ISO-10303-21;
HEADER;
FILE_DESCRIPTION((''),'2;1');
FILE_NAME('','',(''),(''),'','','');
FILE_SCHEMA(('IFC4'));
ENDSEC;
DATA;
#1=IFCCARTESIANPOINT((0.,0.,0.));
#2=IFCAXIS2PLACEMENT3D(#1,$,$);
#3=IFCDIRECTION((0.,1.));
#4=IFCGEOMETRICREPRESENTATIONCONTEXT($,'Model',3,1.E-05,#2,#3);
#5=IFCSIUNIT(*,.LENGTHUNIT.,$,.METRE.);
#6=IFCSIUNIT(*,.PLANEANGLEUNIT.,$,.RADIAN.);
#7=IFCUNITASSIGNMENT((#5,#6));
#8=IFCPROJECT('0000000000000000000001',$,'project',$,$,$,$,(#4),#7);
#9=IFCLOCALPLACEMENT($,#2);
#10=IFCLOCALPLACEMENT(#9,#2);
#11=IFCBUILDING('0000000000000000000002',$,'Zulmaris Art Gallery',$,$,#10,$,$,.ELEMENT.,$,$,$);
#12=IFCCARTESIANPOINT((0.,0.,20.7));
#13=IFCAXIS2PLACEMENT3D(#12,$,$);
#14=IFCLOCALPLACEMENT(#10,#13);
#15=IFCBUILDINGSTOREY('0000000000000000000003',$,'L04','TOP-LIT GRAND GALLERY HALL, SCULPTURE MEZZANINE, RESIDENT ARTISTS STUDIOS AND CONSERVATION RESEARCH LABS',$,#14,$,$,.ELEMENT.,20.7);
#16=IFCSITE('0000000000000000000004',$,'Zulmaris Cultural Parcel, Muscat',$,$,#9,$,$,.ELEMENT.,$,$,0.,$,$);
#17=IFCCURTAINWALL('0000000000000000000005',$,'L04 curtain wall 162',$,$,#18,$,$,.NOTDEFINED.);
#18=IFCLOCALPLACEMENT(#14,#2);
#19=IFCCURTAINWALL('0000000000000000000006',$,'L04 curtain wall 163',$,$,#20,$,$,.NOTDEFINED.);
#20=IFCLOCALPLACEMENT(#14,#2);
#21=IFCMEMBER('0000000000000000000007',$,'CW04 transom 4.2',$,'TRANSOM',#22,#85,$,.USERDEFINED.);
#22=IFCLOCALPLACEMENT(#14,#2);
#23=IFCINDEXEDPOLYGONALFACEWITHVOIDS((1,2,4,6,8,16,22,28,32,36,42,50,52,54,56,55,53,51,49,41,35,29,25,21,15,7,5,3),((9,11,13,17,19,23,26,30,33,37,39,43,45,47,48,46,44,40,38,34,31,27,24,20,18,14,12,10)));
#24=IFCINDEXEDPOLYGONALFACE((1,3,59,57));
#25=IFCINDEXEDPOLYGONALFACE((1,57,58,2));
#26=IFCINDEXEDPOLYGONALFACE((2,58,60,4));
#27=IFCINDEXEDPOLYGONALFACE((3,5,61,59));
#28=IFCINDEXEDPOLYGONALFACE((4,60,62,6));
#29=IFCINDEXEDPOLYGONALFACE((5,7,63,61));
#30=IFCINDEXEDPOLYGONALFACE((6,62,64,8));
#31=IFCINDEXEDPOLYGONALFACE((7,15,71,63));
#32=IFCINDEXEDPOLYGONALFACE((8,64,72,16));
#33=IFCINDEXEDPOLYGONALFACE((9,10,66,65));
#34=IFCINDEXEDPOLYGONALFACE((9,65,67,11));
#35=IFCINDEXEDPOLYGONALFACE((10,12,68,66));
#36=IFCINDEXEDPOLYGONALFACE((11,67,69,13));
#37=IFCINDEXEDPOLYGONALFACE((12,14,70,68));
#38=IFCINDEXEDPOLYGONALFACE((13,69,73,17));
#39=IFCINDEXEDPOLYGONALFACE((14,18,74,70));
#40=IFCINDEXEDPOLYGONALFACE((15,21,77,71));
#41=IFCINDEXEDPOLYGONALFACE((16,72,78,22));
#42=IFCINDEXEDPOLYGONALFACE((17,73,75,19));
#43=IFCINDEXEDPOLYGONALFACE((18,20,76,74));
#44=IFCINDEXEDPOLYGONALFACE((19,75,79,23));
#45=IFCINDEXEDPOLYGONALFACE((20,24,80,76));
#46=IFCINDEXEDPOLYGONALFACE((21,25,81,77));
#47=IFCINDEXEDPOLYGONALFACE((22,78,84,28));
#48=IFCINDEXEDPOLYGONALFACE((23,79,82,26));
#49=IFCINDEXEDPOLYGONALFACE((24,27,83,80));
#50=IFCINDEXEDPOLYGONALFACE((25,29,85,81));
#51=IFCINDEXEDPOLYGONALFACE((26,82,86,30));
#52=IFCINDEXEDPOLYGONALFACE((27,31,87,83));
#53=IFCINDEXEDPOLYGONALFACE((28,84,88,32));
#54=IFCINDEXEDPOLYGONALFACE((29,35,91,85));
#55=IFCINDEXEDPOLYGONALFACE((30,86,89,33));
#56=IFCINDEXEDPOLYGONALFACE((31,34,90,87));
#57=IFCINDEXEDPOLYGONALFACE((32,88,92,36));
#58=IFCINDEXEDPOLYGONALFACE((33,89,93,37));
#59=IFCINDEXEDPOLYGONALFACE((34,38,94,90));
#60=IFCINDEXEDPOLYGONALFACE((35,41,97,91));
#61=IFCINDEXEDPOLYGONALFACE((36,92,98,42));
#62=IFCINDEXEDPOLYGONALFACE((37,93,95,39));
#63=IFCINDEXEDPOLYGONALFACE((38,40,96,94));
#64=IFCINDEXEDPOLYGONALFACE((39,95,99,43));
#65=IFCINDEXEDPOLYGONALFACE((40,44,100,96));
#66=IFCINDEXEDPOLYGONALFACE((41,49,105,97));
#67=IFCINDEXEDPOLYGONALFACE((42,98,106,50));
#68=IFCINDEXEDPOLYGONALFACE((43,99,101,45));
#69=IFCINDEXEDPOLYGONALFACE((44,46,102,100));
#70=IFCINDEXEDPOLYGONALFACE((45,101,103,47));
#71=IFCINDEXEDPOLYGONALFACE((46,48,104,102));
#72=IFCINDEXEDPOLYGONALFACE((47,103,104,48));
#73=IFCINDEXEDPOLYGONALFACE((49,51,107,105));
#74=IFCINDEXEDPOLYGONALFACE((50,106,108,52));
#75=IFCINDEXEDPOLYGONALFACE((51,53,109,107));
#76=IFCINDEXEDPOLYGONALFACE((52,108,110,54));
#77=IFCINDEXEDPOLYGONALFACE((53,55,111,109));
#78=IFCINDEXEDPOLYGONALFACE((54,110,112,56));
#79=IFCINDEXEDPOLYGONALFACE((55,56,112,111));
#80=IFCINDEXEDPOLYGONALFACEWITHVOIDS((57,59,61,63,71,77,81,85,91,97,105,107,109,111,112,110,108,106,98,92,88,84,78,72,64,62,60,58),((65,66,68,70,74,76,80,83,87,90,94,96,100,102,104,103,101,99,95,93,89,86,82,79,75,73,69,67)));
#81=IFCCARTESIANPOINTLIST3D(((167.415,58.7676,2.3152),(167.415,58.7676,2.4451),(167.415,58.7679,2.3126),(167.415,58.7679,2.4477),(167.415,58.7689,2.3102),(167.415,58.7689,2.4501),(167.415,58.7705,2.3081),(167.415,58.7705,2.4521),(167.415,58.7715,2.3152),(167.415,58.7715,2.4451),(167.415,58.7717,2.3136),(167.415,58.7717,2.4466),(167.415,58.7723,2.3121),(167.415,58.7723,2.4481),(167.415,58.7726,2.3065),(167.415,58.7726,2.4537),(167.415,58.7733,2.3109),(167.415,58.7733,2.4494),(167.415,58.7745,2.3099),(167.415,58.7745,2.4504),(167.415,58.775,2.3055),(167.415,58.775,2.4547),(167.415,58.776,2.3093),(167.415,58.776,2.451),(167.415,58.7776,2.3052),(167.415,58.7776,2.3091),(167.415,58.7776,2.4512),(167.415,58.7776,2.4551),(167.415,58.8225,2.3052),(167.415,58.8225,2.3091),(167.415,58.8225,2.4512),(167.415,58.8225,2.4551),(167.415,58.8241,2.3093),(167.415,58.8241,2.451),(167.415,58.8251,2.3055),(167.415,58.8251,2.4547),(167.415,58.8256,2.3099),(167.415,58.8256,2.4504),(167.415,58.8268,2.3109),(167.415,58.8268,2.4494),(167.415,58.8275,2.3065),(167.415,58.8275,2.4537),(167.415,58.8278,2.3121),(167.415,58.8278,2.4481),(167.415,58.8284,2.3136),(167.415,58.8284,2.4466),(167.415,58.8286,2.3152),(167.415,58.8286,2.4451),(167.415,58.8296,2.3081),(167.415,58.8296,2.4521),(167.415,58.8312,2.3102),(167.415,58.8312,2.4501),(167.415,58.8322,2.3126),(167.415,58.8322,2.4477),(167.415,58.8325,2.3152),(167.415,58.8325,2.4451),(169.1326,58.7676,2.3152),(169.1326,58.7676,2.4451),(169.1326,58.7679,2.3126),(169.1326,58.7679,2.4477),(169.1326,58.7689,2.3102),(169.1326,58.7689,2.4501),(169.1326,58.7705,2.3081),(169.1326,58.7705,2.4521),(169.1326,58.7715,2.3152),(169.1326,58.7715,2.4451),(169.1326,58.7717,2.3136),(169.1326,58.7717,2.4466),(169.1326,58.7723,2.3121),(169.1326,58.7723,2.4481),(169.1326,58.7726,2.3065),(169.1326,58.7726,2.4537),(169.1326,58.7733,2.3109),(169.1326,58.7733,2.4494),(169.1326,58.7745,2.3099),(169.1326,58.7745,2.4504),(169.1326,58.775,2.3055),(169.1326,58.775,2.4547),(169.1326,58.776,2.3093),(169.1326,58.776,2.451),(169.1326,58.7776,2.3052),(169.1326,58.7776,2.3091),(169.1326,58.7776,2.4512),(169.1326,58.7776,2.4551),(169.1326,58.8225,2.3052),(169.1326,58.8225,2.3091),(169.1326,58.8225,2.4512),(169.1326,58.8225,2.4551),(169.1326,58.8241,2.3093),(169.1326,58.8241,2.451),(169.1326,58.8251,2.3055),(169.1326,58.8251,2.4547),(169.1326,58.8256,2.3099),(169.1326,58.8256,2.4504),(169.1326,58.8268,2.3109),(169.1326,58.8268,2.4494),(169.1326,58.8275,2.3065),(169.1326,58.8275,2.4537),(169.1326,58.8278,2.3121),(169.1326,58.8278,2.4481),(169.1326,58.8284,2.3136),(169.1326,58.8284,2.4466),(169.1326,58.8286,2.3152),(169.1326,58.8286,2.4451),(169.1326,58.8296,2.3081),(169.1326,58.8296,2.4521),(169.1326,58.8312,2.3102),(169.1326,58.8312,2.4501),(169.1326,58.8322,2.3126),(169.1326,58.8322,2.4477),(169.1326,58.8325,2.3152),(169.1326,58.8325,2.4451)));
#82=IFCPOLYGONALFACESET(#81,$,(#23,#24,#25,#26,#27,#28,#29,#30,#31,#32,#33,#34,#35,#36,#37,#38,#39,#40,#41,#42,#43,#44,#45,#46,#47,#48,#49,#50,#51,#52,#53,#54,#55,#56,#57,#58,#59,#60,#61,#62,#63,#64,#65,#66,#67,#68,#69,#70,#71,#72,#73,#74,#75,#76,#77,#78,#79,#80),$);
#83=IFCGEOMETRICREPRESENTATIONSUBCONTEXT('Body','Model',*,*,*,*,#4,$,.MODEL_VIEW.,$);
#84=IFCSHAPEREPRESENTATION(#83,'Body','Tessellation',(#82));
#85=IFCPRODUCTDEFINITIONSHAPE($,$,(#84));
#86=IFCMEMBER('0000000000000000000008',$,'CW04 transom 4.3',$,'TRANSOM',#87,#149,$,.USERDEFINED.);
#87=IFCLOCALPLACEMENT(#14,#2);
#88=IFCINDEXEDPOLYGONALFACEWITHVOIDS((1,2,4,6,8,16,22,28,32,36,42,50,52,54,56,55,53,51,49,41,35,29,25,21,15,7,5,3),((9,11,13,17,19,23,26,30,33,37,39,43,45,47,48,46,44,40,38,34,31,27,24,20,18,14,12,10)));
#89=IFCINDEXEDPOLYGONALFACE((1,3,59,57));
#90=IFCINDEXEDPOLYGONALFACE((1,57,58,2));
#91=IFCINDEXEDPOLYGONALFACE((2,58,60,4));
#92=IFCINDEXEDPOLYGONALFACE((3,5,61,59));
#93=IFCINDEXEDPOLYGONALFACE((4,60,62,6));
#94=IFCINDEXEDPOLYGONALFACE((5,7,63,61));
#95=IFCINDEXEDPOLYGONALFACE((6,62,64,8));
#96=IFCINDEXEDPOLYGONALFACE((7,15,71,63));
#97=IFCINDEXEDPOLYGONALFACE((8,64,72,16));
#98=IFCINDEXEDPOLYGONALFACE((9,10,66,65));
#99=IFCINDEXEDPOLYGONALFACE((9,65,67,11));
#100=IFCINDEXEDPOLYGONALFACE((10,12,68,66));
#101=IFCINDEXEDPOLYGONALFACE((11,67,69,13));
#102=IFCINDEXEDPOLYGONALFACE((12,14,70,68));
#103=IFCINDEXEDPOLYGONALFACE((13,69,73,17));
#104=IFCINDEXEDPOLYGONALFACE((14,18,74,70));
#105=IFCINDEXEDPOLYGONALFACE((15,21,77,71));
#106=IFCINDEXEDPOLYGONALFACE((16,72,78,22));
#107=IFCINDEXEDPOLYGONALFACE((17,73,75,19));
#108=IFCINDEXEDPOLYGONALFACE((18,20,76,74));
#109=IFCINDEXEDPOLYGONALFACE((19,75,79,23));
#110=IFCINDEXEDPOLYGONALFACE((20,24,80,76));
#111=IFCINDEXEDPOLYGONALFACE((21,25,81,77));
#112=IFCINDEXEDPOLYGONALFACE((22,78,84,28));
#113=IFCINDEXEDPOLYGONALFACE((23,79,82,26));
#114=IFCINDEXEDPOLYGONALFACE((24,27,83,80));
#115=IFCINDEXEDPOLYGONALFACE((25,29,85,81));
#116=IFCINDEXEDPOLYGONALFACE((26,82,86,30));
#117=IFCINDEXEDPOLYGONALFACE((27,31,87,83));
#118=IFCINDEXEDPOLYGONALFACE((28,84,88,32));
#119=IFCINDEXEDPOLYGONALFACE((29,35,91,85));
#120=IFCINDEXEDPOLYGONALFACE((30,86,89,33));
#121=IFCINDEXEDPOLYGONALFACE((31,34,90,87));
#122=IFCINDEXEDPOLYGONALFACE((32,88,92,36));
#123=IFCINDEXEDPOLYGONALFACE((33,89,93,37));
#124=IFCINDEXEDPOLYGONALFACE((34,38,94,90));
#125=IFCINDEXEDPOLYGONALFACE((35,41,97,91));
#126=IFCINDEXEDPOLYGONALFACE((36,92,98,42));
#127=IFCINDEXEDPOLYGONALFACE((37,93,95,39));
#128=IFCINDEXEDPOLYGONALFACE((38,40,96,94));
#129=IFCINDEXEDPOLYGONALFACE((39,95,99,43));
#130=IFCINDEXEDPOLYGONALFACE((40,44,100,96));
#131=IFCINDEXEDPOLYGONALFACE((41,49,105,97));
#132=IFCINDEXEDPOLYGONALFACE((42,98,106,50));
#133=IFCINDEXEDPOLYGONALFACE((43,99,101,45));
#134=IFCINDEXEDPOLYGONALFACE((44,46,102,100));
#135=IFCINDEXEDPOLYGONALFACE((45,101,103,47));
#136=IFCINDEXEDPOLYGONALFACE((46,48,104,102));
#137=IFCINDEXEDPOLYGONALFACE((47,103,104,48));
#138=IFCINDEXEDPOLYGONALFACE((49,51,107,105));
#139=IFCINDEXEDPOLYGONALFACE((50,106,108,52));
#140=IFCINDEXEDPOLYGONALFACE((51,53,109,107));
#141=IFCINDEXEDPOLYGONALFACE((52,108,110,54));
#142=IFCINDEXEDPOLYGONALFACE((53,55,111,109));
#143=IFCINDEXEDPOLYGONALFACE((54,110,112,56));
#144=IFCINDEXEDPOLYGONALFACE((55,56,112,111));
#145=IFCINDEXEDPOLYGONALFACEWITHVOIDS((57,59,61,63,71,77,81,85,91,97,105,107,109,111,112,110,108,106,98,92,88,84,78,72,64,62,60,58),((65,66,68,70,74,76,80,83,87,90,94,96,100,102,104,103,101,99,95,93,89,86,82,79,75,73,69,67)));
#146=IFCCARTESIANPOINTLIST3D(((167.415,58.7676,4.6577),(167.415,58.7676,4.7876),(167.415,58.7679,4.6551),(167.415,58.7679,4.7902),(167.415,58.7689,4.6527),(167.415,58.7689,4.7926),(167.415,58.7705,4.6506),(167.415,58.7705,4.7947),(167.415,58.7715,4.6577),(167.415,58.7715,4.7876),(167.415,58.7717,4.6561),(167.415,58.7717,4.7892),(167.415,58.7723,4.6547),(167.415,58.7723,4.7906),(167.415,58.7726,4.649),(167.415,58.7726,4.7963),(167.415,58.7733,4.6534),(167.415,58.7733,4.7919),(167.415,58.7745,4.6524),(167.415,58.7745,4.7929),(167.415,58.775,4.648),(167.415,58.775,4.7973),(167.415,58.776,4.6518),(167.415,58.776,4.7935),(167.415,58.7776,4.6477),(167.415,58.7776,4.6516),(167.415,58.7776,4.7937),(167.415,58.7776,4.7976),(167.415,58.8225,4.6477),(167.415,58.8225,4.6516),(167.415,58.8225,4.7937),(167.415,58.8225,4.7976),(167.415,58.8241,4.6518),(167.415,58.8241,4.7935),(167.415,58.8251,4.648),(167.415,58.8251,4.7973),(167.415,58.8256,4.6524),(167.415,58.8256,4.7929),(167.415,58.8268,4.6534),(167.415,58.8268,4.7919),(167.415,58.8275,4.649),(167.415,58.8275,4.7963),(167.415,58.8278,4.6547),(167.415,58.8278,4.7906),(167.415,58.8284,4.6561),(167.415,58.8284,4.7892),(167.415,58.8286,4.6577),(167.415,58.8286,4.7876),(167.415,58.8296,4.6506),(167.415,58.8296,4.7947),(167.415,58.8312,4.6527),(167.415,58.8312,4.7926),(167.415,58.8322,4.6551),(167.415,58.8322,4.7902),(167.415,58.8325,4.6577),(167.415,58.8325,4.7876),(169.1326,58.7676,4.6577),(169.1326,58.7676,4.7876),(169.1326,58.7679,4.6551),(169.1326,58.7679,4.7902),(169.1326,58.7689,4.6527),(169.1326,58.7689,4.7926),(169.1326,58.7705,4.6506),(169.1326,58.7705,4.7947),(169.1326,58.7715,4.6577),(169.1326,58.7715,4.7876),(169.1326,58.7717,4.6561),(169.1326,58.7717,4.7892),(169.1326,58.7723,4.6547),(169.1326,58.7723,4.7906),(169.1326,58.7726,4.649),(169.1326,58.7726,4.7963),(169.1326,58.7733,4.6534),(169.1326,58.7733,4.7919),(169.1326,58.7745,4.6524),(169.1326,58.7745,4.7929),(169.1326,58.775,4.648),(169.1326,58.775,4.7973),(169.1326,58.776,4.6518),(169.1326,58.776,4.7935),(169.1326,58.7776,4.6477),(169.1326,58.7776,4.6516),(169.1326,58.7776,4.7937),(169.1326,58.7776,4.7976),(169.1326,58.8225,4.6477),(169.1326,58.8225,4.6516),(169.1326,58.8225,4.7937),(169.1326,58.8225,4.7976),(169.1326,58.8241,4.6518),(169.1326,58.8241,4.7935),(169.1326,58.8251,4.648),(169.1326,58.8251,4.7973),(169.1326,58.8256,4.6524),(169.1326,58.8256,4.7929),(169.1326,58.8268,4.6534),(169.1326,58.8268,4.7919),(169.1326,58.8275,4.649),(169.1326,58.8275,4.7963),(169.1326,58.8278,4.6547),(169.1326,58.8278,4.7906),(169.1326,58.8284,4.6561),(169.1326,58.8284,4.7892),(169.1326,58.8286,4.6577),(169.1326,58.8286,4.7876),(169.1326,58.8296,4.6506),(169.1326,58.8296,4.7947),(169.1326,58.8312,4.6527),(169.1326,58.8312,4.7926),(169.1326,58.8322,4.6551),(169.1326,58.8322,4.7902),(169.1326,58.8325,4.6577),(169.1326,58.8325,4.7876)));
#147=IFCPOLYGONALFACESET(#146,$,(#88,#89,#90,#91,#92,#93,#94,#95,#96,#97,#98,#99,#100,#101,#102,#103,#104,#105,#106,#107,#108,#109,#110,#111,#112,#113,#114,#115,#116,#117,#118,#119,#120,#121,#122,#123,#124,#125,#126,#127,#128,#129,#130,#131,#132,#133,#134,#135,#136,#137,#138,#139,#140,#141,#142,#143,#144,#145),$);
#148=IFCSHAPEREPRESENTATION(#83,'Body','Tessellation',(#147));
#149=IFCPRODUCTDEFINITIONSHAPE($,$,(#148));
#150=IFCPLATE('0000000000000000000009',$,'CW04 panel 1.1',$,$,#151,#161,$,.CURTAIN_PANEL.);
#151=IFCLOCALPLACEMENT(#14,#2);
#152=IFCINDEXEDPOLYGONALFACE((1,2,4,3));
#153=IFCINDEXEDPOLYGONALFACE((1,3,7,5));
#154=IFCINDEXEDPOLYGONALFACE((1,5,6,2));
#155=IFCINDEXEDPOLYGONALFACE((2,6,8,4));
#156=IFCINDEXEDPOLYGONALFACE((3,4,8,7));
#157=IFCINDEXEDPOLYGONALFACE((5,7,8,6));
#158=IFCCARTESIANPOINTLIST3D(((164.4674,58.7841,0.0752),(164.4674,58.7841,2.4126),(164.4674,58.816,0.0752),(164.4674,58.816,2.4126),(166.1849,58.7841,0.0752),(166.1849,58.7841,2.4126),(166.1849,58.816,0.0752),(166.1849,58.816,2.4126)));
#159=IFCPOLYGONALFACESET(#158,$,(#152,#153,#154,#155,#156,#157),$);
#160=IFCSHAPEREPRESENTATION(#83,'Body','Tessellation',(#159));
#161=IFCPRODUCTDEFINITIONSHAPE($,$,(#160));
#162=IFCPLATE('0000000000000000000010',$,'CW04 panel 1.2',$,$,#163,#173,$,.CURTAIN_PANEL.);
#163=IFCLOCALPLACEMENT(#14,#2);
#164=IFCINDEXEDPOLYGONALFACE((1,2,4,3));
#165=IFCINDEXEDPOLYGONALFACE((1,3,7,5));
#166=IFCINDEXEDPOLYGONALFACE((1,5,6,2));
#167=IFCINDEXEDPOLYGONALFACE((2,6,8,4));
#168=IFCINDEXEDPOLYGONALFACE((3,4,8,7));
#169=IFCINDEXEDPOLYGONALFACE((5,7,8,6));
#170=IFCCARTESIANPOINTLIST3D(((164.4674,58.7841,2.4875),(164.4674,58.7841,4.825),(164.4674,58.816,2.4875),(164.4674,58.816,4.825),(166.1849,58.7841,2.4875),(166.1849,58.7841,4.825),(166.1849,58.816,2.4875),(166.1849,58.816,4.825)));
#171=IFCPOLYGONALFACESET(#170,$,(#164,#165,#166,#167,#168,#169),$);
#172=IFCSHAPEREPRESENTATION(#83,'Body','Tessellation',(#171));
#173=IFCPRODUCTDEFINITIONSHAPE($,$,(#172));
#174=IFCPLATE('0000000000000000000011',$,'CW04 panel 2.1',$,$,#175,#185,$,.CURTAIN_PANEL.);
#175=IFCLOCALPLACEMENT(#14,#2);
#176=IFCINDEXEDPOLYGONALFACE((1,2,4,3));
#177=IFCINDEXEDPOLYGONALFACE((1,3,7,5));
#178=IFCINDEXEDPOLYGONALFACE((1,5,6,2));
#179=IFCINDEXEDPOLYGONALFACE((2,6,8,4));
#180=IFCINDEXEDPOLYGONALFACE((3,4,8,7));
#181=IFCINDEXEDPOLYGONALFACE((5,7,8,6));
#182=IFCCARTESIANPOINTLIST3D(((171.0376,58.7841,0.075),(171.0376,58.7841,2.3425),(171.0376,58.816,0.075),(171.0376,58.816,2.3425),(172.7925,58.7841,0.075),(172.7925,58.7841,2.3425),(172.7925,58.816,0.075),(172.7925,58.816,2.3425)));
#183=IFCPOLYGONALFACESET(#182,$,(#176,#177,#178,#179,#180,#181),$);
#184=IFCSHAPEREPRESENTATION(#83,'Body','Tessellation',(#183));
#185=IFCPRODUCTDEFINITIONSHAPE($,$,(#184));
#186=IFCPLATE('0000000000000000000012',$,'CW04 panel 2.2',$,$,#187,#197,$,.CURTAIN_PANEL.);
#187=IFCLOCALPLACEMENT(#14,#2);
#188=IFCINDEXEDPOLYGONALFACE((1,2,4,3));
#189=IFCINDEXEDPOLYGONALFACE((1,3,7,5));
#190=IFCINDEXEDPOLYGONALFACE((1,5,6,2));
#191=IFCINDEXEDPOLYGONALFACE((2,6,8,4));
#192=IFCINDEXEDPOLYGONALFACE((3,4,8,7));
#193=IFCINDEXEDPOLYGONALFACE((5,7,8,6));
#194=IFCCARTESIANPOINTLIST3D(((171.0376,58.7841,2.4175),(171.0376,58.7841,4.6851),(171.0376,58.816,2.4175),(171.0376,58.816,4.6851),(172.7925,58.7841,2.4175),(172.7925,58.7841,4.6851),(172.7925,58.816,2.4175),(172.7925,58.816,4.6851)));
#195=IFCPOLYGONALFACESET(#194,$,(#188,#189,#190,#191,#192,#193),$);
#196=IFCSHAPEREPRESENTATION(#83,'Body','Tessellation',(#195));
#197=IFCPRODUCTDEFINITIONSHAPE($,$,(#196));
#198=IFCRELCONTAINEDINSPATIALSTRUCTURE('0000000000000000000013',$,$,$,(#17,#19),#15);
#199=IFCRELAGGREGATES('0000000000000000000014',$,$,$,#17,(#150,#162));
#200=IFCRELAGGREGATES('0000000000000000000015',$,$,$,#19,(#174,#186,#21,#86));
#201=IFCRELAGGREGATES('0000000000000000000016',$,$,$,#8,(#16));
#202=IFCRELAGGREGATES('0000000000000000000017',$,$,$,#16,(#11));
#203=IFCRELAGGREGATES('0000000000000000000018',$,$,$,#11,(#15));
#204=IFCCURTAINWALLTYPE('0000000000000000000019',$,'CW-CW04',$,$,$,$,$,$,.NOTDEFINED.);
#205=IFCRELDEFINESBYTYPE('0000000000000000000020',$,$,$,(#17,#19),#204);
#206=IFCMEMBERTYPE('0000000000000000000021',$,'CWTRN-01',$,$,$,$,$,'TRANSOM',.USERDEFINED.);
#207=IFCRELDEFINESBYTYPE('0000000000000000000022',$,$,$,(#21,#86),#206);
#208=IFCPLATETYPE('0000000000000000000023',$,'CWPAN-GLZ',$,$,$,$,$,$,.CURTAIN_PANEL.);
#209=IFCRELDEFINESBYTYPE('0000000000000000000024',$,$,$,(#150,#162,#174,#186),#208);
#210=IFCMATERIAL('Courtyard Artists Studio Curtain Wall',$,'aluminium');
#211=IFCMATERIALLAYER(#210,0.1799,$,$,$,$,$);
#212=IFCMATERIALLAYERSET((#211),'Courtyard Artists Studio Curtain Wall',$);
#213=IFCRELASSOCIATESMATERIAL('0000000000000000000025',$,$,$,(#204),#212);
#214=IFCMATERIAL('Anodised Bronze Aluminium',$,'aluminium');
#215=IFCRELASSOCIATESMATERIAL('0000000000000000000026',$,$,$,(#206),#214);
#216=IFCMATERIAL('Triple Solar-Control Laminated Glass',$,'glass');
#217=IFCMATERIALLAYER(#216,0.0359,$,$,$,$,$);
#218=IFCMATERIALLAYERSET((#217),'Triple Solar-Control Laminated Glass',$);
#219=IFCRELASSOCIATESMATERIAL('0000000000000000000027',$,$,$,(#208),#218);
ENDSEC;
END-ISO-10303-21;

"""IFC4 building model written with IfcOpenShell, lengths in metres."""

from ifc_helpers import new_model, si_unit, direction, frame, origin, origin_2d, place, context, subcontext, project, spatial, rectangle, hollow_rectangle, extrude, material, layer, layer_set, material_profile, profile_set, type_object, element, aggregate, save


model = new_model("IFC4")

# Units and contexts
model_context = context("Model", 3, precision=1e-05, world=origin(), true_north=direction((0.0, 1.0)))
body_context = subcontext(model_context, "Body", "Model", "MODEL_VIEW")
ifc_project = project(units=[si_unit("LENGTHUNIT", "METRE"), si_unit("PLANEANGLEUNIT", "RADIAN")], contexts=[model_context])

# Site, building, storey
site_placement = place(None, origin())
site = spatial("IfcSite", under=ifc_project, at=site_placement, Name="Zulmaris Cultural Parcel, Muscat", CompositionType="ELEMENT", RefElevation=0.0)
building_placement = place(site_placement, origin())
building = spatial("IfcBuilding", under=site, at=building_placement, Name="Zulmaris Art Gallery", CompositionType="ELEMENT")
storey_placement = place(building_placement, frame((0.0, 0.0, 20.7)))
storey = spatial("IfcBuildingStorey", under=building, at=storey_placement, Name="L04", Description="TOP-LIT GRAND GALLERY HALL, SCULPTURE MEZZANINE, RESIDENT ARTISTS STUDIOS AND CONSERVATION RESEARCH LABS", CompositionType="ELEMENT", Elevation=20.7)

# Curtain wall
ifc_material_1 = material(Name="Courtyard Artists Studio Curtain Wall", Category="aluminium")
ifc_layer_1 = layer(ifc_material_1, 0.1799)
ifc_layer_set_1 = layer_set([ifc_layer_1], Name="Courtyard Artists Studio Curtain Wall")
curtain_wall_type = type_object("IfcCurtainWallType", Name="CW-CW04", PredefinedType="NOTDEFINED", material=ifc_layer_set_1)
curtain_wall_1_placement = place(storey_placement, origin())
curtain_wall_1 = element("IfcCurtainWall", 1, at=curtain_wall_1_placement, inside=storey, type_object=curtain_wall_type, Name="L04 curtain wall 162", PredefinedType="NOTDEFINED")
ifc_material_2 = material(Name="Anodised Bronze Aluminium", Category="aluminium")

# Curtain wall
curtain_wall_2_placement = place(storey_placement, origin())
curtain_wall_2 = element("IfcCurtainWall", 2, at=curtain_wall_2_placement, inside=storey, type_object=curtain_wall_type, Name="L04 curtain wall 163", PredefinedType="NOTDEFINED")

# Members
ifc_material_profile_1 = material_profile(ifc_material_2, hollow_rectangle(XDim=0.0649, YDim=0.1499, WallThickness=0.0039, InnerFilletRadius=0.0061, OuterFilletRadius=0.01, at=origin_2d()), Name="ALU 65x150x4")
ifc_profile_set_1 = profile_set([ifc_material_profile_1], Name="Anodised Bronze Aluminium")
member_type_1 = type_object("IfcMemberType", Name="CWTRN-01", ElementType="TRANSOM", PredefinedType="USERDEFINED", material=ifc_profile_set_1)
member_1_placement = place(storey_placement, frame((169.1326, 58.8, 2.3801), z_axis=(-1.0, 0.0, 0.0), x_axis=(0.0, -1.0, 0.0)))
member_1 = element("IfcMember", 3, at=member_1_placement, type_object=member_type_1, Name="CW04 transom 4.2", ObjectType="TRANSOM", PredefinedType="USERDEFINED", context=body_context, shape_type="SweptSolid", body=[
    extrude(hollow_rectangle(XDim=0.0649, YDim=0.1499, WallThickness=0.0039, InnerFilletRadius=0.0061, OuterFilletRadius=0.01, at=origin_2d()), origin(), (0.0, 0.0, 1.0), 1.7175),
])
member_2_placement = place(storey_placement, frame((169.1326, 58.8, 4.7227), z_axis=(-1.0, 0.0, 0.0), x_axis=(0.0, -1.0, 0.0)))
member_2 = element("IfcMember", 4, at=member_2_placement, type_object=member_type_1, Name="CW04 transom 4.3", ObjectType="TRANSOM", PredefinedType="USERDEFINED", context=body_context, shape_type="SweptSolid", body=[
    extrude(hollow_rectangle(XDim=0.0649, YDim=0.1499, WallThickness=0.0039, InnerFilletRadius=0.0061, OuterFilletRadius=0.01, at=origin_2d()), origin(), (0.0, 0.0, 1.0), 1.7175),
])

# Plates
ifc_material_3 = material(Name="Triple Solar-Control Laminated Glass", Category="glass")
ifc_layer_2 = layer(ifc_material_3, 0.0359)
ifc_layer_set_2 = layer_set([ifc_layer_2], Name="Triple Solar-Control Laminated Glass")
plate_type = type_object("IfcPlateType", Name="CWPAN-GLZ", PredefinedType="CURTAIN_PANEL", material=ifc_layer_set_2)
plate_1_placement = place(storey_placement, frame((165.3262, 58.8, 0.0752), z_axis=(0.0, 0.0, 1.0), x_axis=(-1.0, 0.0, 0.0)))
plate_1 = element("IfcPlate", 5, at=plate_1_placement, type_object=plate_type, Name="CW04 panel 1.1", PredefinedType="CURTAIN_PANEL", context=body_context, shape_type="SweptSolid", body=[
    extrude(rectangle(XDim=1.7175, YDim=0.032, at=origin_2d()), origin(), (0.0, 0.0, 1.0), 2.3374),
])
plate_2_placement = place(storey_placement, frame((165.3262, 58.8, 2.4875), z_axis=(0.0, 0.0, 1.0), x_axis=(-1.0, 0.0, 0.0)))
plate_2 = element("IfcPlate", 6, at=plate_2_placement, type_object=plate_type, Name="CW04 panel 1.2", PredefinedType="CURTAIN_PANEL", context=body_context, shape_type="SweptSolid", body=[
    extrude(rectangle(XDim=1.7175, YDim=0.032, at=origin_2d()), origin(), (0.0, 0.0, 1.0), 2.3374),
])
aggregate(curtain_wall_1, [plate_1, plate_2])
plate_3_placement = place(storey_placement, frame((171.915, 58.8, 0.075), z_axis=(0.0, 0.0, 1.0), x_axis=(-1.0, 0.0, 0.0)))
plate_3 = element("IfcPlate", 7, at=plate_3_placement, type_object=plate_type, Name="CW04 panel 2.1", PredefinedType="CURTAIN_PANEL", context=body_context, shape_type="SweptSolid", body=[
    extrude(rectangle(XDim=1.7549, YDim=0.032, at=origin_2d()), origin(), (0.0, 0.0, 1.0), 2.2676),
])
plate_4_placement = place(storey_placement, frame((171.915, 58.8, 2.4175), z_axis=(0.0, 0.0, 1.0), x_axis=(-1.0, 0.0, 0.0)))
plate_4 = element("IfcPlate", 8, at=plate_4_placement, type_object=plate_type, Name="CW04 panel 2.2", PredefinedType="CURTAIN_PANEL", context=body_context, shape_type="SweptSolid", body=[
    extrude(rectangle(XDim=1.7549, YDim=0.032, at=origin_2d()), origin(), (0.0, 0.0, 1.0), 2.2676),
])
aggregate(curtain_wall_2, [plate_3, plate_4, member_1, member_2])

save(model, "model.ifc")
